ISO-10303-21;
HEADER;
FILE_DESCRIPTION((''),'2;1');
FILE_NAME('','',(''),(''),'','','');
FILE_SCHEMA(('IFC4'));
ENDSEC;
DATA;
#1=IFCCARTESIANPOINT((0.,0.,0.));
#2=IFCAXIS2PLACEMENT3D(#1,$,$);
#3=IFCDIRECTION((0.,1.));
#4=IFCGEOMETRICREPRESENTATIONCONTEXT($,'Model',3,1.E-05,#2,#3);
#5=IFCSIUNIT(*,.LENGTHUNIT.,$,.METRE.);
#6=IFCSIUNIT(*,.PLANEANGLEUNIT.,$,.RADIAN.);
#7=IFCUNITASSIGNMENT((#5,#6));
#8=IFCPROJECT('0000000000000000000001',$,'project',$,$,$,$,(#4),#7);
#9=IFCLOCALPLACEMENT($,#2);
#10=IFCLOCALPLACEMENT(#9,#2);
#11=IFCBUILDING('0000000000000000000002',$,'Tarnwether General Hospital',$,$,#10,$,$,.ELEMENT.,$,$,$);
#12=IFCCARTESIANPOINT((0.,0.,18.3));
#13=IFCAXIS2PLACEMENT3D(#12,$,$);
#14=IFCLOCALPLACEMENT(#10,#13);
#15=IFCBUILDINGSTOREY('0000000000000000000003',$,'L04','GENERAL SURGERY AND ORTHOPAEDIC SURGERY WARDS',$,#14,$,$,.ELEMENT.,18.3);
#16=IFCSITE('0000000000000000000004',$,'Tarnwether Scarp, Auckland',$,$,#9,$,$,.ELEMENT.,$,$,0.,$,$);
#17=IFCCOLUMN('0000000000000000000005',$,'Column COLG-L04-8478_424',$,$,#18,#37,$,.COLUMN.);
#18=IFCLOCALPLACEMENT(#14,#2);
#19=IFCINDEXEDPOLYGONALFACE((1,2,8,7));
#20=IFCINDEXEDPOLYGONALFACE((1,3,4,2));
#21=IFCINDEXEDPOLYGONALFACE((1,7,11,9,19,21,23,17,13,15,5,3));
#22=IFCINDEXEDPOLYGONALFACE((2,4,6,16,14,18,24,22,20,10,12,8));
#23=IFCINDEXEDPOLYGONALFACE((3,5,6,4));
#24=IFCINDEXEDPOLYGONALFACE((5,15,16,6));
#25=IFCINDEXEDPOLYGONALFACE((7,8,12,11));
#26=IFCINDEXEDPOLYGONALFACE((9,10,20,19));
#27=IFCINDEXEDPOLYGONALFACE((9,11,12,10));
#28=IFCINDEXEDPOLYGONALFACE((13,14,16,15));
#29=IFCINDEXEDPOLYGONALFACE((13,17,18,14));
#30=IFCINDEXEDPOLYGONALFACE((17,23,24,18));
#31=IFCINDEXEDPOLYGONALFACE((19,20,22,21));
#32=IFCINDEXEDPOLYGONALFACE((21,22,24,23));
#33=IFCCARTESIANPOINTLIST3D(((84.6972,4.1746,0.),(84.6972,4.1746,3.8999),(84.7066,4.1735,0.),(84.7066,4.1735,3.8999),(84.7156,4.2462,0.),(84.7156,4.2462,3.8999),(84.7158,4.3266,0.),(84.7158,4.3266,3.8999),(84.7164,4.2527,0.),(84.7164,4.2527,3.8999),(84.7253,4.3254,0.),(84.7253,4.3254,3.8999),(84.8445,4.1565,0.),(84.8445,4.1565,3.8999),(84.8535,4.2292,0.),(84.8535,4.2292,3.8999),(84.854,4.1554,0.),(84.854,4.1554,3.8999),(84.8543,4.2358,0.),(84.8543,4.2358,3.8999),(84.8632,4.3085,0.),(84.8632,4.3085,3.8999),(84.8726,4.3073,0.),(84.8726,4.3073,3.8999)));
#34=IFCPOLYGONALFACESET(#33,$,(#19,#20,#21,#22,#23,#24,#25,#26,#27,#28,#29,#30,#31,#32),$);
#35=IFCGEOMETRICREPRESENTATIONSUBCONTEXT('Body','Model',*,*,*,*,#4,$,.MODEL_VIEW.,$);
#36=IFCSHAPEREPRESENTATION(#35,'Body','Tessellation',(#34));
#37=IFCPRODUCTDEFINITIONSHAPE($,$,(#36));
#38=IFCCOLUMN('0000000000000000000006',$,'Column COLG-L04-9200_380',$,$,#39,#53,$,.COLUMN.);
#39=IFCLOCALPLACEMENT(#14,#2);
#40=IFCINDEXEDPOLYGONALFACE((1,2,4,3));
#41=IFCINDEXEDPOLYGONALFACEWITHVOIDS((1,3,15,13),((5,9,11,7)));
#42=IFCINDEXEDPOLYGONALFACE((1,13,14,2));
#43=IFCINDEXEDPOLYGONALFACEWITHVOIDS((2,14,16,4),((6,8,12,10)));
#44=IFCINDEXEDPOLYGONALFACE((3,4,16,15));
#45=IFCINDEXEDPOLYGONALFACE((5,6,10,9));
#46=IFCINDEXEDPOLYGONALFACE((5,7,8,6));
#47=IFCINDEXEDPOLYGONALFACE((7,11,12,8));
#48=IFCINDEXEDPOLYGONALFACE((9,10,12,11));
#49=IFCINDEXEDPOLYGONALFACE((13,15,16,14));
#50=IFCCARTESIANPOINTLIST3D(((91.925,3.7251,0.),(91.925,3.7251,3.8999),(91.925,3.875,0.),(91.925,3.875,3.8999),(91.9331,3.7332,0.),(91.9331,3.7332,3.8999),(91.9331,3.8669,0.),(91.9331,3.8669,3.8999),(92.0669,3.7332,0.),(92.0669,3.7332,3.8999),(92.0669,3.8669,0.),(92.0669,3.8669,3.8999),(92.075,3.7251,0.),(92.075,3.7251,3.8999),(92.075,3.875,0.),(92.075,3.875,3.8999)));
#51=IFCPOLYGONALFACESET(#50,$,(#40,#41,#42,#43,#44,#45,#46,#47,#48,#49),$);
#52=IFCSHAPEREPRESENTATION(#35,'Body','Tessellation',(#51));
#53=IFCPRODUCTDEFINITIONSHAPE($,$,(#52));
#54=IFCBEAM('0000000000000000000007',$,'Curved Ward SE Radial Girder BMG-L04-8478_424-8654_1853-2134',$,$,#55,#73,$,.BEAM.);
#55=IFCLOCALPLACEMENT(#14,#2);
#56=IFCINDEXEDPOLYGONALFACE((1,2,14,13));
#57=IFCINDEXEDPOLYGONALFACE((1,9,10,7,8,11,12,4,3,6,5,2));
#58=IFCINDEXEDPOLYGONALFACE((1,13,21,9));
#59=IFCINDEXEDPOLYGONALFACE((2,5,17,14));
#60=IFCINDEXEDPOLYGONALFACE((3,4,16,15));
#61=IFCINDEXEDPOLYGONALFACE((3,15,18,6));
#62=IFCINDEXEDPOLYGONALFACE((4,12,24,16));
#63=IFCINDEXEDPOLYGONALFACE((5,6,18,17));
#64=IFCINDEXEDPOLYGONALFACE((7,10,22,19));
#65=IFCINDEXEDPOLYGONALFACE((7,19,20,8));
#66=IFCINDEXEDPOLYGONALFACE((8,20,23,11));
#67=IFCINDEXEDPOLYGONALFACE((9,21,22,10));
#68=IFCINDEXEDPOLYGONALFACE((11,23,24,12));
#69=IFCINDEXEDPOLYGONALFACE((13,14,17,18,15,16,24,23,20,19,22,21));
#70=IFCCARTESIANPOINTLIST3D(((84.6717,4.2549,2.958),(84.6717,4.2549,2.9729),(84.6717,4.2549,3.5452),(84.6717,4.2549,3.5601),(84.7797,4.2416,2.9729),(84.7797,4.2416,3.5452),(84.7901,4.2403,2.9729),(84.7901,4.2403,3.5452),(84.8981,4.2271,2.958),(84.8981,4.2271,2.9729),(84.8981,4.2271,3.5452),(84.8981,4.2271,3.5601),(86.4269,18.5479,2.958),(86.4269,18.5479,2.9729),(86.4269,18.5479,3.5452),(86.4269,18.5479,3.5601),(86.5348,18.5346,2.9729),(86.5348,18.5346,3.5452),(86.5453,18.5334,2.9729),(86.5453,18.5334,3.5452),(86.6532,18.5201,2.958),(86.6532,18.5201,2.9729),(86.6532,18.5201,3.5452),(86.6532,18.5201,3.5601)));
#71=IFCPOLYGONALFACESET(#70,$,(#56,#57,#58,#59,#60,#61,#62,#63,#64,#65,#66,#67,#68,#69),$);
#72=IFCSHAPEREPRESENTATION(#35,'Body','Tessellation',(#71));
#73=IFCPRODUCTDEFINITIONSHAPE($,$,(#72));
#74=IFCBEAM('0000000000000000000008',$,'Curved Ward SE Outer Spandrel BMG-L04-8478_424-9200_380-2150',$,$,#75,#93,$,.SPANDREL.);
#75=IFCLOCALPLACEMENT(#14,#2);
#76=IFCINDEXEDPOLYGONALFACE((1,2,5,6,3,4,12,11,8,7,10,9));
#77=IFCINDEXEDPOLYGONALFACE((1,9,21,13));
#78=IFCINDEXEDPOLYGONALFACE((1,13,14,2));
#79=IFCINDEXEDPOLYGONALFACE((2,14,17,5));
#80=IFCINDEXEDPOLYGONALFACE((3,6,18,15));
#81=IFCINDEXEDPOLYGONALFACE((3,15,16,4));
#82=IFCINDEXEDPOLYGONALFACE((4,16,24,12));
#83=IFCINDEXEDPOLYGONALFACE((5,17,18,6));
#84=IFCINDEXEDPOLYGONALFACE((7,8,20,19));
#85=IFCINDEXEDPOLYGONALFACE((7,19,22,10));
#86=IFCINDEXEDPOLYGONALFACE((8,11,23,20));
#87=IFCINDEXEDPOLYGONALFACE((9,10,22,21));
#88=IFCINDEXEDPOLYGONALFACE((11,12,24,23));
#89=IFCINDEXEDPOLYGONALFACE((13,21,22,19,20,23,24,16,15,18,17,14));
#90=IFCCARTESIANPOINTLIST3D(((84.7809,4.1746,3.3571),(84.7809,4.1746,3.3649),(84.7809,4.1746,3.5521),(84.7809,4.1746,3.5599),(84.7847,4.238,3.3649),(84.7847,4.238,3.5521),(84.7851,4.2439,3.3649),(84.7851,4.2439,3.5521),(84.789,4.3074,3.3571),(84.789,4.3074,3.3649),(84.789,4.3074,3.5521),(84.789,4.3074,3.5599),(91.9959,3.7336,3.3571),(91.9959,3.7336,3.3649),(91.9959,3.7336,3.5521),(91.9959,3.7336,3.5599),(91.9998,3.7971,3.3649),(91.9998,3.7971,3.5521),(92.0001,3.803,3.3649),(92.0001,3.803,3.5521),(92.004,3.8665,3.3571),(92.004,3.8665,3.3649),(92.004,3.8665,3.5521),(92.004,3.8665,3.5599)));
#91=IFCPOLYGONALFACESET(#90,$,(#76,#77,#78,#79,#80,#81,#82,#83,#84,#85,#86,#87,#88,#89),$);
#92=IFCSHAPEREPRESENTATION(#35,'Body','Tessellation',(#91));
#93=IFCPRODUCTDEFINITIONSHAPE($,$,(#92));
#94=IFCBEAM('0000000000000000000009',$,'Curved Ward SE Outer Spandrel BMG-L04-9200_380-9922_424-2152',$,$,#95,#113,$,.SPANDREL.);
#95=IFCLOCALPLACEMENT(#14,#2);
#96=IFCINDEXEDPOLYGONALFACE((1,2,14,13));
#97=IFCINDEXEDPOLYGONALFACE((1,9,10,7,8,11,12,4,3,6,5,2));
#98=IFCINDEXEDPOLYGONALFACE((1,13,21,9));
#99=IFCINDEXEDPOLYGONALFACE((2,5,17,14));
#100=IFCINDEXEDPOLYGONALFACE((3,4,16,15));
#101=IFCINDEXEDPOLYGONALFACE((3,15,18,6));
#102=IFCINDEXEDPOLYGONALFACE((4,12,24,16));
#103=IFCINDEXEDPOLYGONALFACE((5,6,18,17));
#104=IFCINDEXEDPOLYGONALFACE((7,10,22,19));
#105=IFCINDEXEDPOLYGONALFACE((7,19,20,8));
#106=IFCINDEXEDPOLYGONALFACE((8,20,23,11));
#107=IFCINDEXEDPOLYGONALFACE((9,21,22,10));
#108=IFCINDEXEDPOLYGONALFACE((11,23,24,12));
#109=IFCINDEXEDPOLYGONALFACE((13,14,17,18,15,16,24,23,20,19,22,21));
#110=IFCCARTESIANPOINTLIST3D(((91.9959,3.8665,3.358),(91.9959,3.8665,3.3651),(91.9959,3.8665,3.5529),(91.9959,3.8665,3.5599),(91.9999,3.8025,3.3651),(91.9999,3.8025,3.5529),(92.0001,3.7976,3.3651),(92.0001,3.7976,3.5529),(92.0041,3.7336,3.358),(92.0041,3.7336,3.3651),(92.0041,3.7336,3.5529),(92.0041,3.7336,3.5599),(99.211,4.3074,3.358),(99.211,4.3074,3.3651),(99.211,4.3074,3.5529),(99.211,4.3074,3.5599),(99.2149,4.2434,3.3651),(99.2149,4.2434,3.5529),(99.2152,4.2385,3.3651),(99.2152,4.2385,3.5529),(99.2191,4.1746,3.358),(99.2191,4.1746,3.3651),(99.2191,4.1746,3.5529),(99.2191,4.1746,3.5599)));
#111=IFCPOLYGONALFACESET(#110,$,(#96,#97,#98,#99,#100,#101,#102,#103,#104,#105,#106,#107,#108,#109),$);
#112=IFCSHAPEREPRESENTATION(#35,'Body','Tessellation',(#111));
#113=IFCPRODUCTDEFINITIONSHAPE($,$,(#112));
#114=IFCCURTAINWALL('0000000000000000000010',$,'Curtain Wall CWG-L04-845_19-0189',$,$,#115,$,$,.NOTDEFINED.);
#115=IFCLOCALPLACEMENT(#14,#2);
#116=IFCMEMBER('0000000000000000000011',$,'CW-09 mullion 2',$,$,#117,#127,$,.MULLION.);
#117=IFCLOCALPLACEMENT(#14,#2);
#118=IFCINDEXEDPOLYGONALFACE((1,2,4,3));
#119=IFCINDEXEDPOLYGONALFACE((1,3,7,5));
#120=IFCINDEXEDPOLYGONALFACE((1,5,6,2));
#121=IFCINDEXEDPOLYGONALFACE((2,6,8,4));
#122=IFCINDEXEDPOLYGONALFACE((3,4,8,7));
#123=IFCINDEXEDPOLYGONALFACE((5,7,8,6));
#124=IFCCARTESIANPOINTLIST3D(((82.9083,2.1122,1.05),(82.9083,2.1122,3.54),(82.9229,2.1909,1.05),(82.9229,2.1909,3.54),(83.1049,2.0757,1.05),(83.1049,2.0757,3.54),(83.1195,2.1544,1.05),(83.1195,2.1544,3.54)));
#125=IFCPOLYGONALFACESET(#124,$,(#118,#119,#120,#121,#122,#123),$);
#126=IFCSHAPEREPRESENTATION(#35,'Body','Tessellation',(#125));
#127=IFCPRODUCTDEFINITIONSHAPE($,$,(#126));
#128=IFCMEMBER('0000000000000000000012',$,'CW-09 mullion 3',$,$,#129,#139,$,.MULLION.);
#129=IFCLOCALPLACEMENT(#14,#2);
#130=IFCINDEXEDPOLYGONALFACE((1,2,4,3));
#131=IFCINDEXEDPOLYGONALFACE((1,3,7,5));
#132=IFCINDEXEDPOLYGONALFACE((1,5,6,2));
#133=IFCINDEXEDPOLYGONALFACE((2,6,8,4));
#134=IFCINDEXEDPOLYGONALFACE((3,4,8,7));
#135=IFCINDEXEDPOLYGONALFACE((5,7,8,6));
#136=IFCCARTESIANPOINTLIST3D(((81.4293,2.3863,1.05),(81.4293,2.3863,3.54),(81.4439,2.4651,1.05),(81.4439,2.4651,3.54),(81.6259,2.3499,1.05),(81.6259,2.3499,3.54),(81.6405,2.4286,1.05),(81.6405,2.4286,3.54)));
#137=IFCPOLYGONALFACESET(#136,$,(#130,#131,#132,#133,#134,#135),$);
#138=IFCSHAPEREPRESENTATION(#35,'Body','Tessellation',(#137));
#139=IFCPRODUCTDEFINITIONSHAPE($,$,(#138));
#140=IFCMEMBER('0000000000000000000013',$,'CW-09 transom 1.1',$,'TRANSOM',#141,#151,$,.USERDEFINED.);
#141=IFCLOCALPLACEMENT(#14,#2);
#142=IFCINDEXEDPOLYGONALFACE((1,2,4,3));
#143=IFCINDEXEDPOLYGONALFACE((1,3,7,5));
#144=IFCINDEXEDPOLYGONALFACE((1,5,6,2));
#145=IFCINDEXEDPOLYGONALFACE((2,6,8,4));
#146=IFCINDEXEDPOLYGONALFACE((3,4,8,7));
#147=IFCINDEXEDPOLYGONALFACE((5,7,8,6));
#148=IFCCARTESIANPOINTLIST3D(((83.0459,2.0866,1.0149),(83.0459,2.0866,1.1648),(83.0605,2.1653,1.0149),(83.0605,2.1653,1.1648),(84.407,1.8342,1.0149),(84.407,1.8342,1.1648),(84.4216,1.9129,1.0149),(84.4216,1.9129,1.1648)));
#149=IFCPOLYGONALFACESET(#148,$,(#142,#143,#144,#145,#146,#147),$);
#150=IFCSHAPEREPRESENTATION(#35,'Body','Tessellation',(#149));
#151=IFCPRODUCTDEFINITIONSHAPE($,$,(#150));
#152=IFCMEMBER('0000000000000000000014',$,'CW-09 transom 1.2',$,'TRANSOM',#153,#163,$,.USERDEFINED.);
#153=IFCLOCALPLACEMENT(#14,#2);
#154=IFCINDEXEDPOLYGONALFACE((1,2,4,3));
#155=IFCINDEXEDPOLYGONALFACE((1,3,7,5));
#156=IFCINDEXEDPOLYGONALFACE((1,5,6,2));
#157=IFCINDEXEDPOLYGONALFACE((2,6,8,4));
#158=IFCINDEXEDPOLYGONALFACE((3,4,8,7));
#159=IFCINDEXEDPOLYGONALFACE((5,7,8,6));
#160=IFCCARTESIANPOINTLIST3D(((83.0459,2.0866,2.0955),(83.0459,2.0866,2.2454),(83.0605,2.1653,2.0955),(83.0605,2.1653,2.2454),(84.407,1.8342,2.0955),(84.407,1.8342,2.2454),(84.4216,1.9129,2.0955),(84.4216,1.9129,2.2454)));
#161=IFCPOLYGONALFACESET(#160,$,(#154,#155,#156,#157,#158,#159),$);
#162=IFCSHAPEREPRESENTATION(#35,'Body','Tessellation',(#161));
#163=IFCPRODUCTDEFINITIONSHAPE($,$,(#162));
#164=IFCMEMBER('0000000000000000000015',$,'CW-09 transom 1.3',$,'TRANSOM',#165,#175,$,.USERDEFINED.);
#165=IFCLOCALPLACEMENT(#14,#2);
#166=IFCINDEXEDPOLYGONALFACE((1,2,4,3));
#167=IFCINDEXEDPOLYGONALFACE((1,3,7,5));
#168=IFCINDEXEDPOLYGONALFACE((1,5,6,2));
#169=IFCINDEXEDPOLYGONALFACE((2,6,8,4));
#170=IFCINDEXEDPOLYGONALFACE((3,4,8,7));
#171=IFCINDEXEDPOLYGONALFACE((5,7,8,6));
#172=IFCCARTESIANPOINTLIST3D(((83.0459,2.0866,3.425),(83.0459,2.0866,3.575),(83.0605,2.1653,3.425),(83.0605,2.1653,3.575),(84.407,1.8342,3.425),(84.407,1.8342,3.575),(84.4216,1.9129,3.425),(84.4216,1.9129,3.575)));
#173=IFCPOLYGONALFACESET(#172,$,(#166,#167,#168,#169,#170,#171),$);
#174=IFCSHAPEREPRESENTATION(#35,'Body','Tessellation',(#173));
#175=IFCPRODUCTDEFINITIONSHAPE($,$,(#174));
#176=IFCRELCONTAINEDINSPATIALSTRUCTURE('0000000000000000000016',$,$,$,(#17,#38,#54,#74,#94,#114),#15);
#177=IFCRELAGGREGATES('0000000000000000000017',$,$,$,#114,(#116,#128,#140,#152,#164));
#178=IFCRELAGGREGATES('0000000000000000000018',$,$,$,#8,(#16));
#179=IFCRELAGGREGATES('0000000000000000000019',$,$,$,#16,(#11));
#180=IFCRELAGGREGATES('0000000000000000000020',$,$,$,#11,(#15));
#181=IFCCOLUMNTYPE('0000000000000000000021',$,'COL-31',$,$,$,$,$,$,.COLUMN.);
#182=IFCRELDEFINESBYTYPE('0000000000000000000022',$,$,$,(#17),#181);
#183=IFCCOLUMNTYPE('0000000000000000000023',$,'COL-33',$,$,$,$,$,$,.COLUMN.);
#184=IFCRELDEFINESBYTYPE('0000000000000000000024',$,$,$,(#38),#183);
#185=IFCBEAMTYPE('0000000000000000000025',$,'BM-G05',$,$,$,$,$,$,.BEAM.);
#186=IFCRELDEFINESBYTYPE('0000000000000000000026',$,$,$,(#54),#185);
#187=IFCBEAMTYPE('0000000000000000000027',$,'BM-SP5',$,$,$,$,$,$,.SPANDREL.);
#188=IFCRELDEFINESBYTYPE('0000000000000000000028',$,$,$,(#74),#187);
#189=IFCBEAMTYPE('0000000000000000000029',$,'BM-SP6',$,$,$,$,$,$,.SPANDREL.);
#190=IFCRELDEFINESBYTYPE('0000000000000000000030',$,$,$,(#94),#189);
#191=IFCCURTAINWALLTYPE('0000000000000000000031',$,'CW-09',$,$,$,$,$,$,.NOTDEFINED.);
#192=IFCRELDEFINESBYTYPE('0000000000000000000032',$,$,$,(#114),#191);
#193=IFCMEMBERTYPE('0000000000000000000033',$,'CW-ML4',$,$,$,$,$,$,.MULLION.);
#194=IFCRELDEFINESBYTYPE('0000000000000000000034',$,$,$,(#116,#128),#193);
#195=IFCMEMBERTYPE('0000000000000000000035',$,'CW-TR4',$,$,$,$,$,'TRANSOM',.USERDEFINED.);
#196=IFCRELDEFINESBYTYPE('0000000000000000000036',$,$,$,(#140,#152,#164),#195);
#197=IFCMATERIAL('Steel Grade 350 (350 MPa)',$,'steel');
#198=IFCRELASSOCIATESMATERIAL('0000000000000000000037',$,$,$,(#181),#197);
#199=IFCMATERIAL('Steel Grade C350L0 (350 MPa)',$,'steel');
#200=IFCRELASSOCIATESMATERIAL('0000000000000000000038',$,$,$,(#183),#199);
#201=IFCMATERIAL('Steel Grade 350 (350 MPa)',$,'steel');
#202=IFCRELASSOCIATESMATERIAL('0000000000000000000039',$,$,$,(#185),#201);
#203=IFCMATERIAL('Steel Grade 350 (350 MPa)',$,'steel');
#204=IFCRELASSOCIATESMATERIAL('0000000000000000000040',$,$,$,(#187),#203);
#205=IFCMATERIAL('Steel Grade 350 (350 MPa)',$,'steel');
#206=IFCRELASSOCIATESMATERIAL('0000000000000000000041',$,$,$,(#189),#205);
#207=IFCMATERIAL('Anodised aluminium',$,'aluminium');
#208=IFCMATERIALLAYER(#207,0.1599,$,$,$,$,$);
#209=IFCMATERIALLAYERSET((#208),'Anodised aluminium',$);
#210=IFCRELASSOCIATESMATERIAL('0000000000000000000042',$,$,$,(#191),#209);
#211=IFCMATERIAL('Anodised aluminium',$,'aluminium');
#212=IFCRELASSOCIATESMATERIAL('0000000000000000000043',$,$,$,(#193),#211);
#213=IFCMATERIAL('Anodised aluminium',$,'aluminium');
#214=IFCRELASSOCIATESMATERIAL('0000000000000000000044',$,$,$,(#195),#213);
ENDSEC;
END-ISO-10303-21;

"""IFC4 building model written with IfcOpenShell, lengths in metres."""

from ifc_helpers import new_model, si_unit, direction, frame, origin, origin_2d, place, context, subcontext, project, spatial, rectangle, hollow_rectangle, i_section, extrude, material, layer, layer_set, material_profile, profile_set, type_object, element, aggregate, save


model = new_model("IFC4")

# Units and contexts
model_context = context("Model", 3, precision=1e-05, world=origin(), true_north=direction((0.0, 1.0)))
body_context = subcontext(model_context, "Body", "Model", "MODEL_VIEW")
ifc_project = project(units=[si_unit("LENGTHUNIT", "METRE"), si_unit("PLANEANGLEUNIT", "RADIAN")], contexts=[model_context])

# Site, building, storey
site_placement = place(None, origin())
site = spatial("IfcSite", under=ifc_project, at=site_placement, Name="Tarnwether Scarp, Auckland", CompositionType="ELEMENT", RefElevation=0.0)
building_placement = place(site_placement, origin())
building = spatial("IfcBuilding", under=site, at=building_placement, Name="Tarnwether General Hospital", CompositionType="ELEMENT")
storey_placement = place(building_placement, frame((0.0, 0.0, 18.3)))
storey = spatial("IfcBuildingStorey", under=building, at=storey_placement, Name="L04", Description="GENERAL SURGERY AND ORTHOPAEDIC SURGERY WARDS", CompositionType="ELEMENT", Elevation=18.3)

# Columns
ifc_material_1 = material(Name="Steel Grade 350 (350 MPa)", Category="steel")
ifc_material_profile_1 = material_profile(ifc_material_1, i_section(OverallWidth=0.1531, OverallDepth=0.158, WebThickness=0.0066, FlangeThickness=0.0095, at=origin_2d()), Name="150UC30.0")
ifc_profile_set_1 = profile_set([ifc_material_profile_1], Name="Steel Grade 350 (350 MPa)")
column_type_1 = type_object("IfcColumnType", Name="COL-31", PredefinedType="COLUMN", material=ifc_profile_set_1)
column_1_placement = place(storey_placement, frame((84.7849, 4.241, 0.0), z_axis=(0.0, 0.0, 1.0), x_axis=(0.121869, 0.992546, 0.0)))
element("IfcColumn", 1, at=column_1_placement, inside=storey, type_object=column_type_1, Name="Column COLG-L04-8478_424", PredefinedType="COLUMN", context=body_context, shape_type="SweptSolid", body=[
    extrude(i_section(OverallWidth=0.1531, OverallDepth=0.158, WebThickness=0.0066, FlangeThickness=0.0095, at=origin_2d()), origin(), (0.0, 0.0, 1.0), 3.8999),
])
ifc_material_2 = material(Name="Steel Grade C350L0 (350 MPa)", Category="steel")
ifc_material_profile_2 = material_profile(ifc_material_2, hollow_rectangle(XDim=0.1499, YDim=0.1499, WallThickness=0.0081, at=origin_2d()), Name="SHS150x150x8")
ifc_profile_set_2 = profile_set([ifc_material_profile_2], Name="Steel Grade C350L0 (350 MPa)")
column_type_2 = type_object("IfcColumnType", Name="COL-33", PredefinedType="COLUMN", material=ifc_profile_set_2)
column_2_placement = place(storey_placement, frame((92.0, 3.8, 0.0), z_axis=(0.0, 0.0, 1.0), x_axis=(0.0, 1.0, 0.0)))
element("IfcColumn", 2, at=column_2_placement, inside=storey, type_object=column_type_2, Name="Column COLG-L04-9200_380", PredefinedType="COLUMN", context=body_context, shape_type="SweptSolid", body=[
    extrude(hollow_rectangle(XDim=0.1499, YDim=0.1499, WallThickness=0.0081, at=origin_2d()), origin(), (0.0, 0.0, 1.0), 3.8999),
])

# Beams
ifc_material_3 = material(Name="Steel Grade 350 (350 MPa)", Category="steel")
ifc_material_profile_3 = material_profile(ifc_material_3, i_section(OverallWidth=0.228, OverallDepth=0.6021, WebThickness=0.0105, FlangeThickness=0.0149, at=origin_2d()), Name="610UB101")
ifc_profile_set_3 = profile_set([ifc_material_profile_3], Name="Steel Grade 350 (350 MPa)")
beam_type_1 = type_object("IfcBeamType", Name="BM-G05", PredefinedType="BEAM", material=ifc_profile_set_3)
beam_1_placement = place(storey_placement, frame((84.7849, 4.241, 3.259), z_axis=(0.121881, 0.992545, 0.0), x_axis=(-0.992545, 0.121881, 0.0)))
element("IfcBeam", 3, at=beam_1_placement, inside=storey, type_object=beam_type_1, Name="Curved Ward SE Radial Girder BMG-L04-8478_424-8654_1853-2134", PredefinedType="BEAM", context=body_context, shape_type="SweptSolid", body=[
    extrude(i_section(OverallWidth=0.228, OverallDepth=0.6021, WebThickness=0.0105, FlangeThickness=0.0149, at=origin_2d()), origin(), (0.0, 0.0, 1.0), 14.4004),
])
ifc_material_4 = material(Name="Steel Grade 350 (350 MPa)", Category="steel")
ifc_material_profile_4 = material_profile(ifc_material_4, i_section(OverallWidth=0.1331, OverallDepth=0.2029, WebThickness=0.0059, FlangeThickness=0.0078, at=origin_2d()), Name="200UB25.4")
ifc_profile_set_4 = profile_set([ifc_material_profile_4], Name="Steel Grade 350 (350 MPa)")
beam_type_2 = type_object("IfcBeamType", Name="BM-SP5", PredefinedType="SPANDREL", material=ifc_profile_set_4)
beam_2_placement = place(storey_placement, frame((84.7849, 4.241, 3.4585), z_axis=(0.998138, -0.060997, 0.0), x_axis=(0.060997, 0.998138, 0.0)))
element("IfcBeam", 4, at=beam_2_placement, inside=storey, type_object=beam_type_2, Name="Curved Ward SE Outer Spandrel BMG-L04-8478_424-9200_380-2150", PredefinedType="SPANDREL", context=body_context, shape_type="SweptSolid", body=[
    extrude(i_section(OverallWidth=0.1331, OverallDepth=0.2029, WebThickness=0.0059, FlangeThickness=0.0078, at=origin_2d()), origin(), (0.0, 0.0, 1.0), 7.2285),
])
ifc_material_5 = material(Name="Steel Grade 350 (350 MPa)", Category="steel")
ifc_material_profile_5 = material_profile(ifc_material_5, i_section(OverallWidth=0.1331, OverallDepth=0.2019, WebThickness=0.0049, FlangeThickness=0.0071, at=origin_2d()), Name="200UB22.3")
ifc_profile_set_5 = profile_set([ifc_material_profile_5], Name="Steel Grade 350 (350 MPa)")
beam_type_3 = type_object("IfcBeamType", Name="BM-SP6", PredefinedType="SPANDREL", material=ifc_profile_set_5)
beam_3_placement = place(storey_placement, frame((92.0, 3.8, 3.459), z_axis=(0.998138, 0.060997, 0.0), x_axis=(-0.060997, 0.998138, 0.0)))
element("IfcBeam", 5, at=beam_3_placement, inside=storey, type_object=beam_type_3, Name="Curved Ward SE Outer Spandrel BMG-L04-9200_380-9922_424-2152", PredefinedType="SPANDREL", context=body_context, shape_type="SweptSolid", body=[
    extrude(i_section(OverallWidth=0.1331, OverallDepth=0.2019, WebThickness=0.0049, FlangeThickness=0.0071, at=origin_2d()), origin(), (0.0, 0.0, 1.0), 7.2285),
])

# Curtain wall, members
ifc_material_6 = material(Name="Anodised aluminium", Category="aluminium")
ifc_layer_1 = layer(ifc_material_6, 0.1599)
ifc_layer_set_1 = layer_set([ifc_layer_1], Name="Anodised aluminium")
curtain_wall_type = type_object("IfcCurtainWallType", Name="CW-09", PredefinedType="NOTDEFINED", material=ifc_layer_set_1)
curtain_wall_placement = place(storey_placement, origin())
curtain_wall = element("IfcCurtainWall", 6, at=curtain_wall_placement, inside=storey, type_object=curtain_wall_type, Name="Curtain Wall CWG-L04-845_19-0189", PredefinedType="NOTDEFINED")
ifc_material_7 = material(Name="Anodised aluminium", Category="aluminium")
ifc_material_profile_6 = material_profile(ifc_material_7, rectangle(XDim=0.0801, YDim=0.2, at=origin_2d()), Name="ALU-MUL-80x200")
ifc_profile_set_6 = profile_set([ifc_material_profile_6], Name="Anodised aluminium")
member_type_1 = type_object("IfcMemberType", Name="CW-ML4", PredefinedType="MULLION", material=ifc_profile_set_6)
member_1_placement = place(storey_placement, frame((83.0139, 2.1333, 1.05), z_axis=(0.0, 0.0, 1.0), x_axis=(-0.182289, -0.983245, 0.0)))
member_1 = element("IfcMember", 7, at=member_1_placement, type_object=member_type_1, Name="CW-09 mullion 2", PredefinedType="MULLION", context=body_context, shape_type="SweptSolid", body=[
    extrude(rectangle(XDim=0.0801, YDim=0.2, at=origin_2d()), origin(), (0.0, 0.0, 1.0), 2.49),
])
member_2_placement = place(storey_placement, frame((81.5349, 2.4075, 1.05), z_axis=(0.0, 0.0, 1.0), x_axis=(-0.182289, -0.983245, 0.0)))
member_2 = element("IfcMember", 8, at=member_2_placement, type_object=member_type_1, Name="CW-09 mullion 3", PredefinedType="MULLION", context=body_context, shape_type="SweptSolid", body=[
    extrude(rectangle(XDim=0.0801, YDim=0.2, at=origin_2d()), origin(), (0.0, 0.0, 1.0), 2.49),
])
ifc_material_8 = material(Name="Anodised aluminium", Category="aluminium")
ifc_material_profile_7 = material_profile(ifc_material_8, rectangle(XDim=0.0801, YDim=0.1499, at=origin_2d()), Name="ALU-TRN-80x150")
ifc_profile_set_7 = profile_set([ifc_material_profile_7], Name="Anodised aluminium")
member_type_2 = type_object("IfcMemberType", Name="CW-TR4", ElementType="TRANSOM", PredefinedType="USERDEFINED", material=ifc_profile_set_7)
member_3_placement = place(storey_placement, frame((84.4143, 1.8735, 1.0898), z_axis=(-0.983232, 0.182361, 0.0), x_axis=(-0.182361, -0.983232, 0.0)))
member_3 = element("IfcMember", 9, at=member_3_placement, type_object=member_type_2, Name="CW-09 transom 1.1", ObjectType="TRANSOM", PredefinedType="USERDEFINED", context=body_context, shape_type="SweptSolid", body=[
    extrude(rectangle(XDim=0.0801, YDim=0.1499, at=origin_2d()), origin(), (0.0, 0.0, 1.0), 1.3843),
])
member_4_placement = place(storey_placement, frame((84.4143, 1.8735, 2.1704), z_axis=(-0.983232, 0.182361, 0.0), x_axis=(-0.182361, -0.983232, 0.0)))
member_4 = element("IfcMember", 10, at=member_4_placement, type_object=member_type_2, Name="CW-09 transom 1.2", ObjectType="TRANSOM", PredefinedType="USERDEFINED", context=body_context, shape_type="SweptSolid", body=[
    extrude(rectangle(XDim=0.0801, YDim=0.1499, at=origin_2d()), origin(), (0.0, 0.0, 1.0), 1.3843),
])
member_5_placement = place(storey_placement, frame((84.4143, 1.8735, 3.5), z_axis=(-0.983232, 0.182361, 0.0), x_axis=(-0.182361, -0.983232, 0.0)))
member_5 = element("IfcMember", 11, at=member_5_placement, type_object=member_type_2, Name="CW-09 transom 1.3", ObjectType="TRANSOM", PredefinedType="USERDEFINED", context=body_context, shape_type="SweptSolid", body=[
    extrude(rectangle(XDim=0.0801, YDim=0.1499, at=origin_2d()), origin(), (0.0, 0.0, 1.0), 1.3843),
])
aggregate(curtain_wall, [member_1, member_2, member_3, member_4, member_5])

save(model, "model.ifc")
